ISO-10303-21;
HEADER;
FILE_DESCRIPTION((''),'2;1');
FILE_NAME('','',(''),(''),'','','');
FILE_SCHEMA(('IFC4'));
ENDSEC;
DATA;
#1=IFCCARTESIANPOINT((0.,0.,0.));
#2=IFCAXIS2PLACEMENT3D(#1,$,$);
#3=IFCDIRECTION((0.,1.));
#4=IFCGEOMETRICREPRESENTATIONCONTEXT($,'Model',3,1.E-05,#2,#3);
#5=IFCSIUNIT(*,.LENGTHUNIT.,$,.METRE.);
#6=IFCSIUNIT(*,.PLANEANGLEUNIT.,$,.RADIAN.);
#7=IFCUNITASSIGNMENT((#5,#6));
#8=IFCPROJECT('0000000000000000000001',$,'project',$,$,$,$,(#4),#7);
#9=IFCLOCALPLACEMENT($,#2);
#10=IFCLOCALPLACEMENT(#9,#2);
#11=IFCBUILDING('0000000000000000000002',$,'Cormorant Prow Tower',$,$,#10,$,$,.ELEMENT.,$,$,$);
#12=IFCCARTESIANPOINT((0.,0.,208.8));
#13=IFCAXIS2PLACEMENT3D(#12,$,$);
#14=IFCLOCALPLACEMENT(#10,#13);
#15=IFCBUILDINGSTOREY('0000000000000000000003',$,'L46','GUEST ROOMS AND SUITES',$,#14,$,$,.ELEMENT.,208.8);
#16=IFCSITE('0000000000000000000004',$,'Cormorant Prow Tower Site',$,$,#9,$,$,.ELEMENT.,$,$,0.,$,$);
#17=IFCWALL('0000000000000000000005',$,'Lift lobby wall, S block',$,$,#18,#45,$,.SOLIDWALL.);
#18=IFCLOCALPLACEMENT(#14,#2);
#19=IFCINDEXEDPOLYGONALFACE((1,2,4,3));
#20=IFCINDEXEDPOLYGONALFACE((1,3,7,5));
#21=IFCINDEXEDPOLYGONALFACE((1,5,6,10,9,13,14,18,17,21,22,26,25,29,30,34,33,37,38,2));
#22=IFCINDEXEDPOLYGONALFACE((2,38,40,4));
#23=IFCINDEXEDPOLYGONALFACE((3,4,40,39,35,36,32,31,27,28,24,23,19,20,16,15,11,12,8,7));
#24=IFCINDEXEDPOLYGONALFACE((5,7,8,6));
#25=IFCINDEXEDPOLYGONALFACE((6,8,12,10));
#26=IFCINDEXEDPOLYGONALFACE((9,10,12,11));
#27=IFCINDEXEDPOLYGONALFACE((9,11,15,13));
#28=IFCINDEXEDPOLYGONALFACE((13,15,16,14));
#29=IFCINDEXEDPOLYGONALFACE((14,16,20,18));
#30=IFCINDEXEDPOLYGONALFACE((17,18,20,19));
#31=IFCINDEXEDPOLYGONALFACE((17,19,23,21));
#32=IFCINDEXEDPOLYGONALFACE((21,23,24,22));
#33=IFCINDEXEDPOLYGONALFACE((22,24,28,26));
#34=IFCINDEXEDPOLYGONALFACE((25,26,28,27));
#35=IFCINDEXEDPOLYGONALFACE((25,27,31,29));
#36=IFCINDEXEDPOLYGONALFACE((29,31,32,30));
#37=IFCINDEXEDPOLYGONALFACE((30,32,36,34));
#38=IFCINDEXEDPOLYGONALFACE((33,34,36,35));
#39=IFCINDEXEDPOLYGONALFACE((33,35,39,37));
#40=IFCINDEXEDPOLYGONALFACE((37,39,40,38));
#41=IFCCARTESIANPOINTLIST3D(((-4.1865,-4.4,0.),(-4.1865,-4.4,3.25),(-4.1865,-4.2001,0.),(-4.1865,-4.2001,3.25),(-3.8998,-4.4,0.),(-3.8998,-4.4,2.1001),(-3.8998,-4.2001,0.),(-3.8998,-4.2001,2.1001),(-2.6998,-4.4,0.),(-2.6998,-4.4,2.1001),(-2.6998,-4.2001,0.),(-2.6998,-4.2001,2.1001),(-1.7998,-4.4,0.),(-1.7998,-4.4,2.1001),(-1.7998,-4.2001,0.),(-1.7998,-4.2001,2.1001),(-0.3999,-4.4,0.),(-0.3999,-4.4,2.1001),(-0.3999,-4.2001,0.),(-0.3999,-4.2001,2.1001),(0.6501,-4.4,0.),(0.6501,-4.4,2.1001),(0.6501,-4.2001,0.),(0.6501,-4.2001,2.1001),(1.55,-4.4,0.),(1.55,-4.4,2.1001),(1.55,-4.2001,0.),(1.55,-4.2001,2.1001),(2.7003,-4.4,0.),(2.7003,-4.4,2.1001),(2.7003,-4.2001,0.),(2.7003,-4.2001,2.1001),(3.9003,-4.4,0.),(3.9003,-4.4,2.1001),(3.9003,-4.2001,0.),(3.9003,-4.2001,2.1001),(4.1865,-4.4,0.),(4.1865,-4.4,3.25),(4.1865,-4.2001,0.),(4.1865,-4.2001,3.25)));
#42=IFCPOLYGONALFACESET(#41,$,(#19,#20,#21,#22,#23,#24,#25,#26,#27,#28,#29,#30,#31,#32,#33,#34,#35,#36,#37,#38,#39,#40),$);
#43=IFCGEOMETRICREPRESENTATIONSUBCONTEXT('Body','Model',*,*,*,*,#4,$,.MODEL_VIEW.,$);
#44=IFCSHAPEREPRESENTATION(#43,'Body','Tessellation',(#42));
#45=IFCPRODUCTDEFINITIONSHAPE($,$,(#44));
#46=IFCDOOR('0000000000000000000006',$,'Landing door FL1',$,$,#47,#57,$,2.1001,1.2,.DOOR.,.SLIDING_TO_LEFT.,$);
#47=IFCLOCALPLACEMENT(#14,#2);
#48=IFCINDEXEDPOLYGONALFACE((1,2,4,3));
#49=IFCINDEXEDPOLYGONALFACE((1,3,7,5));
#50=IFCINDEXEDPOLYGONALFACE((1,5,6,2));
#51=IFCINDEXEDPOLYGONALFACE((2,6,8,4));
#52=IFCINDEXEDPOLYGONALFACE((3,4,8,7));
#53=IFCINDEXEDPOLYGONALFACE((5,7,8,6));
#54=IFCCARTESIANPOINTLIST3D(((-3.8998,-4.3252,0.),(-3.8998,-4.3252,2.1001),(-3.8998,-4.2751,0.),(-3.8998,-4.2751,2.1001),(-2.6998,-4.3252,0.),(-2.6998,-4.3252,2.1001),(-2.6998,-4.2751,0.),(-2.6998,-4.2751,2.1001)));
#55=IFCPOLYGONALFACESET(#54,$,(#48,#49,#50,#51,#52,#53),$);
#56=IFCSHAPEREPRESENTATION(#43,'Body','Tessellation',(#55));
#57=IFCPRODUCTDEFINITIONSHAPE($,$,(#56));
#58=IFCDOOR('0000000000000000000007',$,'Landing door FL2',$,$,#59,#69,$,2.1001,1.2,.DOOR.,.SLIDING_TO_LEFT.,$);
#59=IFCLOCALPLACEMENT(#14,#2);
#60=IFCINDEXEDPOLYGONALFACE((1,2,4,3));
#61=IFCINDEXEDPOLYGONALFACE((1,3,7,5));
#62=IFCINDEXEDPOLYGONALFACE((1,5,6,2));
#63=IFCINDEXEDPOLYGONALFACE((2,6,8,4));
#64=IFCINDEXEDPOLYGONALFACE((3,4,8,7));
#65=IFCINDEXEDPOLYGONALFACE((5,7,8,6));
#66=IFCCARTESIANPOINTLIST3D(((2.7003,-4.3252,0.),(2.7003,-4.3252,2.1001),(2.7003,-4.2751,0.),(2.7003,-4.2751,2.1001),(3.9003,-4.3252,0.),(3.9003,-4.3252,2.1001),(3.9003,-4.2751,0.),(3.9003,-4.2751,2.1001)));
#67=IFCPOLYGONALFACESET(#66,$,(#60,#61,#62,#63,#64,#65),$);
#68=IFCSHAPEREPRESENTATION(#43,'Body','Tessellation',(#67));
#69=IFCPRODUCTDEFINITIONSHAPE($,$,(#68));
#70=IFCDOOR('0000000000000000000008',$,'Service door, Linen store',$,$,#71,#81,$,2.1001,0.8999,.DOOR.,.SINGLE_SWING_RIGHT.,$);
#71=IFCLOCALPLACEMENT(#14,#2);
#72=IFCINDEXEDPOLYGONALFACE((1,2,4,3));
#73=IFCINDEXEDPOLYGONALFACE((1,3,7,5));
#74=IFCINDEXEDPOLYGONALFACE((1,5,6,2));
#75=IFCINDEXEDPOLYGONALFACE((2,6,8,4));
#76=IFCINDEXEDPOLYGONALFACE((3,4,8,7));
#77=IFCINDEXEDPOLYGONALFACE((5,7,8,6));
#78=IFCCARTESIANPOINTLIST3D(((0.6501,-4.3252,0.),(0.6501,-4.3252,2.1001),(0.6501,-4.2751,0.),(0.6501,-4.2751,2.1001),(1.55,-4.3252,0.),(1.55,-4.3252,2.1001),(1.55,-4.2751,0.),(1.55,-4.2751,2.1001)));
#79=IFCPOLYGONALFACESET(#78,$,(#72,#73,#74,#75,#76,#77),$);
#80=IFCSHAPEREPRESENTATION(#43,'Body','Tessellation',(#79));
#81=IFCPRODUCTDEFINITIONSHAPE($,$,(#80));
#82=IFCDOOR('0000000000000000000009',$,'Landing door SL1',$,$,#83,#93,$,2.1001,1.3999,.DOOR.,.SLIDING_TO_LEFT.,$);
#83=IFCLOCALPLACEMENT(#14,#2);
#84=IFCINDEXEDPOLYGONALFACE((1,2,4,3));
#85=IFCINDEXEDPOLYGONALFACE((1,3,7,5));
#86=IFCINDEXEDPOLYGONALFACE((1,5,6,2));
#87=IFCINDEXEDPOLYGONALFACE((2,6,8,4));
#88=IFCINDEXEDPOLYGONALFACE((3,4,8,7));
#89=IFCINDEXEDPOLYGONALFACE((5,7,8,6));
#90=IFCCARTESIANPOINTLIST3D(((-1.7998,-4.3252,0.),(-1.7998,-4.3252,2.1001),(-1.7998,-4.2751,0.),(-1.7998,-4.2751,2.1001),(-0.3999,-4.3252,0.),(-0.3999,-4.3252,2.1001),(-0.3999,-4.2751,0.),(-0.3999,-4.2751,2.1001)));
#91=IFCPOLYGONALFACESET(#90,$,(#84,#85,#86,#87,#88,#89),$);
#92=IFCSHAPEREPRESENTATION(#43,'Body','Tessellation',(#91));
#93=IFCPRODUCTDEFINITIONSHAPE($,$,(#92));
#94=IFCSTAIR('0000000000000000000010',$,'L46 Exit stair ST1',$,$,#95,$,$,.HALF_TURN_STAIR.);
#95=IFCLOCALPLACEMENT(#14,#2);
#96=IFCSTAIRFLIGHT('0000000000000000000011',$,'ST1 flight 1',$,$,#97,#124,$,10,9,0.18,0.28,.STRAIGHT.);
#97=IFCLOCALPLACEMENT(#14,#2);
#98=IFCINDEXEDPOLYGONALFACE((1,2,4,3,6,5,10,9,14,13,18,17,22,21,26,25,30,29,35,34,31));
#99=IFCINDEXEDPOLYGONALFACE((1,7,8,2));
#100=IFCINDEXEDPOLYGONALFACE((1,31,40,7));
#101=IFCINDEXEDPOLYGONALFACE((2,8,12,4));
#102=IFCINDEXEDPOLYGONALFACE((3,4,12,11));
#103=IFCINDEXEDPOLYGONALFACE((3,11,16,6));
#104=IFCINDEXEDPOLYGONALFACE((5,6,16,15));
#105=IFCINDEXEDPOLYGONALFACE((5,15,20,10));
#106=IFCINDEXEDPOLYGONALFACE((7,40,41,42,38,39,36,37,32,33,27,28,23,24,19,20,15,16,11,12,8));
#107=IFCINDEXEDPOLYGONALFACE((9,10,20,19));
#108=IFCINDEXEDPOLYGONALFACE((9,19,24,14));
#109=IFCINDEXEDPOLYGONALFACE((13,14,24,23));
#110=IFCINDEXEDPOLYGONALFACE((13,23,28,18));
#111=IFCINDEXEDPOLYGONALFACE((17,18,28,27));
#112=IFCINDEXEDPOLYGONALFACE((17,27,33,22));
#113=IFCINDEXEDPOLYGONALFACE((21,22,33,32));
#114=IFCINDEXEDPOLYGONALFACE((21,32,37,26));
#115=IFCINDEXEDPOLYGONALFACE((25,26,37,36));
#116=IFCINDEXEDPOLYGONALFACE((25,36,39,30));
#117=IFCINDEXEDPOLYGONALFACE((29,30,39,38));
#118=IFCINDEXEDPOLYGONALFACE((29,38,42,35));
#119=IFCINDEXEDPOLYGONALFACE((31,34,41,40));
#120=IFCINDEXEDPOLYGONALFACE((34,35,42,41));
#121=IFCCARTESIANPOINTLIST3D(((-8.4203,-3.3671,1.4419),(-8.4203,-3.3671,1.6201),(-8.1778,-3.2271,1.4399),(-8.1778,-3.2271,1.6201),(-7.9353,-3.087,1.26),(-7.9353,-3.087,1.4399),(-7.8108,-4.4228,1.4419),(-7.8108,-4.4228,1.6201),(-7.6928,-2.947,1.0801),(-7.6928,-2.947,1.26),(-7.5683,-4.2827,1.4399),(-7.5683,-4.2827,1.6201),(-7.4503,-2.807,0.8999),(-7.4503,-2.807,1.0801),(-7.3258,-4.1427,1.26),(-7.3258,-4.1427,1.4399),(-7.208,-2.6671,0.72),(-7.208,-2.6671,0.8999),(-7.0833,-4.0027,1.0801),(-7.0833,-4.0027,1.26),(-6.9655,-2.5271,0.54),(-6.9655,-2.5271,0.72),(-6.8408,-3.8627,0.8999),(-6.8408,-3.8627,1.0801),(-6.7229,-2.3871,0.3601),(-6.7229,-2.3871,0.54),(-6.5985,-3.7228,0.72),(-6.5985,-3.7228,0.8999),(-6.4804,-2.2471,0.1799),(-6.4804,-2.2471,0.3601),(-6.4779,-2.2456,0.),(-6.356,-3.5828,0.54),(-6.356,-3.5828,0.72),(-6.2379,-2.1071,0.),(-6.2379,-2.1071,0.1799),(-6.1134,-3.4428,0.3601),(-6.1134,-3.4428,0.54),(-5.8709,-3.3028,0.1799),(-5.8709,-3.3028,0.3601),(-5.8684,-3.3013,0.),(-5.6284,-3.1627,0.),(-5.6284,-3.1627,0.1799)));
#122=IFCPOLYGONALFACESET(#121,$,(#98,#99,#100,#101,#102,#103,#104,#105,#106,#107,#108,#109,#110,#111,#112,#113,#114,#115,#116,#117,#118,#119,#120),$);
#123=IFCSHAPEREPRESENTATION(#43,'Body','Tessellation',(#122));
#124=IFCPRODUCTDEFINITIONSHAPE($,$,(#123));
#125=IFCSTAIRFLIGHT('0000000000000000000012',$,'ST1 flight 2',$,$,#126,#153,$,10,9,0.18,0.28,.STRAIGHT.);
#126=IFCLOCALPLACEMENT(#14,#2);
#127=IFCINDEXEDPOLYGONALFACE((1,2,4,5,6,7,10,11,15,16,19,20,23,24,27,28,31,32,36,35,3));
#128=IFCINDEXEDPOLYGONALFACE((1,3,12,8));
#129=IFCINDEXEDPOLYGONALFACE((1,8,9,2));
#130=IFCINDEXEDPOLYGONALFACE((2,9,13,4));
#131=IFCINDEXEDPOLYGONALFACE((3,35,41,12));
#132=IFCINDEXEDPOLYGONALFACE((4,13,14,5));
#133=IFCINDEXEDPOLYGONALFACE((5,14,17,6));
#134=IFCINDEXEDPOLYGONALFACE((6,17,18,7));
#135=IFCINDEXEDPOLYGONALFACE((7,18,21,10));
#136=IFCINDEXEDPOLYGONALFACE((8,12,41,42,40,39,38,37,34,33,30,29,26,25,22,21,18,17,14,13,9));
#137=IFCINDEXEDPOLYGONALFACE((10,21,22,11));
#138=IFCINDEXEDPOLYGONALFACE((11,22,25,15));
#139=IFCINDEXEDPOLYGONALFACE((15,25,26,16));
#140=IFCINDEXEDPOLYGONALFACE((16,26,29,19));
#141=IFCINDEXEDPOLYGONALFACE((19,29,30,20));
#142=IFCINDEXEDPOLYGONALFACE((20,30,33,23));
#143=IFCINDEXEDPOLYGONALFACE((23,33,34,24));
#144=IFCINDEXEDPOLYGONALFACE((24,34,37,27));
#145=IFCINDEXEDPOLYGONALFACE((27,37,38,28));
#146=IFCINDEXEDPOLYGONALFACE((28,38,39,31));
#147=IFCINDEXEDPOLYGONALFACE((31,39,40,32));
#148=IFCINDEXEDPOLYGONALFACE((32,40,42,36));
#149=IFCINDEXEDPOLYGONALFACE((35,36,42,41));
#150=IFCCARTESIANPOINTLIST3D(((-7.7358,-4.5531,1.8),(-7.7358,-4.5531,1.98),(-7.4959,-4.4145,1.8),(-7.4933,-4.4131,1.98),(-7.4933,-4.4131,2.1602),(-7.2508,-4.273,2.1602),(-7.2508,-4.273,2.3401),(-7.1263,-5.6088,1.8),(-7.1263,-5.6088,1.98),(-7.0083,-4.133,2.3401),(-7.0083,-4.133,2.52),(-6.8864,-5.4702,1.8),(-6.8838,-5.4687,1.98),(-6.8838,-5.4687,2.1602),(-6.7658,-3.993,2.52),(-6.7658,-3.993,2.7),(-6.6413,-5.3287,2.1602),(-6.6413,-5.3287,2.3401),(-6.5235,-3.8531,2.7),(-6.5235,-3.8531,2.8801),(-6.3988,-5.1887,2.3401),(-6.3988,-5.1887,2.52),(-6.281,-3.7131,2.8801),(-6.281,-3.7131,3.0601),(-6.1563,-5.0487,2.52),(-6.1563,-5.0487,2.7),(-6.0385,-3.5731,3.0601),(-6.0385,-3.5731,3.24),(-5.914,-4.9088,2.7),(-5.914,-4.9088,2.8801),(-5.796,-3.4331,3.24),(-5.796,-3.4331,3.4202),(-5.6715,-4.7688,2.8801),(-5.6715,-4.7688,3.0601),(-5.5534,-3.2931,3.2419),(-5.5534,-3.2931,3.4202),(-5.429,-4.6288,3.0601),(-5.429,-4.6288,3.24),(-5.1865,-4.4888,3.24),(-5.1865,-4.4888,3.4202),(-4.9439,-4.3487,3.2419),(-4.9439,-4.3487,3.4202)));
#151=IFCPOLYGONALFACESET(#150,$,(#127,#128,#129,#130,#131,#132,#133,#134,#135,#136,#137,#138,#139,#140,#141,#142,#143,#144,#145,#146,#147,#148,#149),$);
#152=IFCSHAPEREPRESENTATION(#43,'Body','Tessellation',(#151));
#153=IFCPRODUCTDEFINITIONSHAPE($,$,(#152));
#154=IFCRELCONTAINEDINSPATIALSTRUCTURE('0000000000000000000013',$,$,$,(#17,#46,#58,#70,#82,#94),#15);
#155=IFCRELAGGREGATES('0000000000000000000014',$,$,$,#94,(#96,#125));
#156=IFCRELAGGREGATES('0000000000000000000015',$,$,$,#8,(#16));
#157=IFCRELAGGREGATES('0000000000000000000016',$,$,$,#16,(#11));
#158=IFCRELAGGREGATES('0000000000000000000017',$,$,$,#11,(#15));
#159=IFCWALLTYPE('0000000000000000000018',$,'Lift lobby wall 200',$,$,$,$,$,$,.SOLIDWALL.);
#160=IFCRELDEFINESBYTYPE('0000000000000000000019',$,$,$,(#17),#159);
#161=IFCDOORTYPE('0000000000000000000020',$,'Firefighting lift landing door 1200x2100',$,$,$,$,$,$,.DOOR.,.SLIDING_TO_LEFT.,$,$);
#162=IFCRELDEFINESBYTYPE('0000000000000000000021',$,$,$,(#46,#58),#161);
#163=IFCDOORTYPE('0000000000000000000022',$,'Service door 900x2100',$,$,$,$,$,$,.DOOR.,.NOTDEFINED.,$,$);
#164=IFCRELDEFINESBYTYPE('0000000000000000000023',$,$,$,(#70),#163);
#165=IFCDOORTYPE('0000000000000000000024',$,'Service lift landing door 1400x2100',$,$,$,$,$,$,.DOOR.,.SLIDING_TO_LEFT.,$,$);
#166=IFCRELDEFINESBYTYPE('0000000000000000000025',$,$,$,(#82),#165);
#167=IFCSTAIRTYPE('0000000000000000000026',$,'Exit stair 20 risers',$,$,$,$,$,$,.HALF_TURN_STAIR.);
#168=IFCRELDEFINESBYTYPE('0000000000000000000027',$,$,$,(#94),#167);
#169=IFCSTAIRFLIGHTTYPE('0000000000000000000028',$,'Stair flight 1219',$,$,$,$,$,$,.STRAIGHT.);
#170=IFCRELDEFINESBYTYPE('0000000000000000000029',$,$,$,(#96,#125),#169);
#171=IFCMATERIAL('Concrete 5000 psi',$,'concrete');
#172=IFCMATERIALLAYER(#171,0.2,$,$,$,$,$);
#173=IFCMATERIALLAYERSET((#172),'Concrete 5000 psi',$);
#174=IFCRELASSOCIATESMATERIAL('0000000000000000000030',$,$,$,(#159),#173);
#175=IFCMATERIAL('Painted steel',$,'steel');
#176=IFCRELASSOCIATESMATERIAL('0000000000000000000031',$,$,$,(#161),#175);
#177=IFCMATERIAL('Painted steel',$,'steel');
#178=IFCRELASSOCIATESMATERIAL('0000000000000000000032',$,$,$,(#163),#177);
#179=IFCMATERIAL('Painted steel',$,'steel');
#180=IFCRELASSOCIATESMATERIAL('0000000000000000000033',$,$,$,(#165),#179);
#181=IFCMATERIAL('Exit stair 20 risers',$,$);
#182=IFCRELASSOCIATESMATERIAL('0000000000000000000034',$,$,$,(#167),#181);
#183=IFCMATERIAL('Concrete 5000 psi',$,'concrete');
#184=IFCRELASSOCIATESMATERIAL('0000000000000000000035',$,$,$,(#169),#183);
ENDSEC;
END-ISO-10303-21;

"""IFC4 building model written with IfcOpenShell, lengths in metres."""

from ifc_helpers import new_model, si_unit, direction, frame, frame_2d, origin, place, context, subcontext, project, spatial, polyline, rectangle, outline, extrude, material, layer, layer_set, type_object, element, fill, aggregate, save


model = new_model("IFC4")

# Units and contexts
model_context = context("Model", 3, precision=1e-05, world=origin(), true_north=direction((0.0, 1.0)))
body_context = subcontext(model_context, "Body", "Model", "MODEL_VIEW")
ifc_project = project(units=[si_unit("LENGTHUNIT", "METRE"), si_unit("PLANEANGLEUNIT", "RADIAN")], contexts=[model_context])

# Site, building, storey
site_placement = place(None, origin())
site = spatial("IfcSite", under=ifc_project, at=site_placement, Name="Cormorant Prow Tower Site", CompositionType="ELEMENT", RefElevation=0.0)
building_placement = place(site_placement, origin())
building = spatial("IfcBuilding", under=site, at=building_placement, Name="Cormorant Prow Tower", CompositionType="ELEMENT")
storey_placement = place(building_placement, frame((0.0, 0.0, 208.8)))
storey = spatial("IfcBuildingStorey", under=building, at=storey_placement, Name="L46", Description="GUEST ROOMS AND SUITES", CompositionType="ELEMENT", Elevation=208.8)

# Wall, openings, doors
ifc_material_1 = material(Name="Concrete 5000 psi", Category="concrete")
ifc_layer_1 = layer(ifc_material_1, 0.2)
ifc_layer_set_1 = layer_set([ifc_layer_1], Name="Concrete 5000 psi")
wall_type_1 = type_object("IfcWallType", Name="Lift lobby wall 200", PredefinedType="SOLIDWALL", material=ifc_layer_set_1)
wall_1_placement = place(storey_placement, frame((-4.1865, -4.3, 0.0), z_axis=(0.0, 0.0, 1.0), x_axis=(1.0, 0.0, 0.0)))
wall_1 = element("IfcWall", 1, at=wall_1_placement, inside=storey, type_object=wall_type_1, Name="Lift lobby wall, S block", PredefinedType="SOLIDWALL", context=body_context, shape_type="SweptSolid", body=[
    extrude(rectangle(XDim=8.373, YDim=0.2, at=frame_2d((4.1865, 0.0))), origin(), (0.0, 0.0, 1.0), 3.25),
])
opening_1_placement = place(wall_1_placement, frame((0.2866, 0.0, 0.0)))
opening_1 = element("IfcOpeningElement", 2, at=opening_1_placement, cuts=wall_1, PredefinedType="OPENING", context=body_context, shape_type="SweptSolid", body=[
    extrude(rectangle(XDim=1.2, YDim=2.1001, at=frame_2d((0.6001, 1.05))), frame((0.0, 0.1099, 0.0), z_axis=(0.0, -1.0, 0.0), x_axis=(1.0, 0.0, 0.0)), (0.0, 0.0, 1.0), 0.22),
])
opening_2_placement = place(wall_1_placement, frame((2.3867, 0.0, 0.0)))
opening_2 = element("IfcOpeningElement", 3, at=opening_2_placement, cuts=wall_1, PredefinedType="OPENING", context=body_context, shape_type="SweptSolid", body=[
    extrude(rectangle(XDim=1.3999, YDim=2.1001, at=frame_2d((0.7, 1.05))), frame((0.0, 0.1099, 0.0), z_axis=(0.0, -1.0, 0.0), x_axis=(1.0, 0.0, 0.0)), (0.0, 0.0, 1.0), 0.22),
])
opening_3_placement = place(wall_1_placement, frame((4.8367, 0.0, 0.0)))
opening_3 = element("IfcOpeningElement", 4, at=opening_3_placement, cuts=wall_1, PredefinedType="OPENING", context=body_context, shape_type="SweptSolid", body=[
    extrude(rectangle(XDim=0.8999, YDim=2.1001, at=frame_2d((0.45, 1.05))), frame((0.0, 0.1099, 0.0), z_axis=(0.0, -1.0, 0.0), x_axis=(1.0, 0.0, 0.0)), (0.0, 0.0, 1.0), 0.22),
])
opening_4_placement = place(wall_1_placement, frame((6.8867, 0.0, 0.0)))
opening_4 = element("IfcOpeningElement", 5, at=opening_4_placement, cuts=wall_1, PredefinedType="OPENING", context=body_context, shape_type="SweptSolid", body=[
    extrude(rectangle(XDim=1.2, YDim=2.1001, at=frame_2d((0.6001, 1.05))), frame((0.0, 0.1099, 0.0), z_axis=(0.0, -1.0, 0.0), x_axis=(1.0, 0.0, 0.0)), (0.0, 0.0, 1.0), 0.22),
])
ifc_material_2 = material(Name="Painted steel", Category="steel")
door_type_1 = type_object("IfcDoorType", Name="Firefighting lift landing door 1200x2100", OperationType="SLIDING_TO_LEFT", PredefinedType="DOOR", material=ifc_material_2)
door_1_placement = place(opening_1_placement, origin())
door_1 = element("IfcDoor", 6, at=door_1_placement, inside=storey, type_object=door_type_1, Name="Landing door FL1", OperationType="SLIDING_TO_LEFT", OverallHeight=2.1001, OverallWidth=1.2, PredefinedType="DOOR", context=body_context, shape_type="SweptSolid", body=[
    extrude(rectangle(XDim=1.2, YDim=2.1001, at=frame_2d((0.6001, 1.05))), frame((0.0, 0.0249, 0.0), z_axis=(0.0, -1.0, 0.0), x_axis=(1.0, 0.0, 0.0)), (0.0, 0.0, 1.0), 0.05),
])
fill(opening_1, door_1)
door_2_placement = place(opening_4_placement, origin())
door_2 = element("IfcDoor", 7, at=door_2_placement, inside=storey, type_object=door_type_1, Name="Landing door FL2", OperationType="SLIDING_TO_LEFT", OverallHeight=2.1001, OverallWidth=1.2, PredefinedType="DOOR", context=body_context, shape_type="SweptSolid", body=[
    extrude(rectangle(XDim=1.2, YDim=2.1001, at=frame_2d((0.6001, 1.05))), frame((0.0, 0.0249, 0.0), z_axis=(0.0, -1.0, 0.0), x_axis=(1.0, 0.0, 0.0)), (0.0, 0.0, 1.0), 0.05),
])
fill(opening_4, door_2)
ifc_material_3 = material(Name="Painted steel", Category="steel")
door_type_2 = type_object("IfcDoorType", Name="Service door 900x2100", OperationType="NOTDEFINED", PredefinedType="DOOR", material=ifc_material_3)
door_3_placement = place(opening_3_placement, origin())
door_3 = element("IfcDoor", 8, at=door_3_placement, inside=storey, type_object=door_type_2, Name="Service door, Linen store", OperationType="SINGLE_SWING_RIGHT", OverallHeight=2.1001, OverallWidth=0.8999, PredefinedType="DOOR", context=body_context, shape_type="SweptSolid", body=[
    extrude(rectangle(XDim=0.8999, YDim=2.1001, at=frame_2d((0.45, 1.05))), frame((0.0, 0.0249, 0.0), z_axis=(0.0, -1.0, 0.0), x_axis=(1.0, 0.0, 0.0)), (0.0, 0.0, 1.0), 0.05),
])
fill(opening_3, door_3)
ifc_material_4 = material(Name="Painted steel", Category="steel")
door_type_3 = type_object("IfcDoorType", Name="Service lift landing door 1400x2100", OperationType="SLIDING_TO_LEFT", PredefinedType="DOOR", material=ifc_material_4)
door_4_placement = place(opening_2_placement, origin())
door_4 = element("IfcDoor", 9, at=door_4_placement, inside=storey, type_object=door_type_3, Name="Landing door SL1", OperationType="SLIDING_TO_LEFT", OverallHeight=2.1001, OverallWidth=1.3999, PredefinedType="DOOR", context=body_context, shape_type="SweptSolid", body=[
    extrude(rectangle(XDim=1.3999, YDim=2.1001, at=frame_2d((0.7, 1.05))), frame((0.0, 0.0249, 0.0), z_axis=(0.0, -1.0, 0.0), x_axis=(1.0, 0.0, 0.0)), (0.0, 0.0, 1.0), 0.05),
])
fill(opening_2, door_4)

# Stair, stair flights
ifc_material_5 = material(Name="Exit stair 20 risers")
stair_type = type_object("IfcStairType", Name="Exit stair 20 risers", PredefinedType="HALF_TURN_STAIR", material=ifc_material_5)
stair_placement = place(storey_placement, origin())
stair = element("IfcStair", 10, at=stair_placement, inside=storey, type_object=stair_type, Name="L46 Exit stair ST1", PredefinedType="HALF_TURN_STAIR")
ifc_material_6 = material(Name="Concrete 5000 psi", Category="concrete")
stair_flight_type = type_object("IfcStairFlightType", Name="Stair flight 1219", PredefinedType="STRAIGHT", material=ifc_material_6)
stair_flight_1_placement = place(storey_placement, frame((-5.9331, -2.635, 0.0), z_axis=(0.0, 0.0, 1.0), x_axis=(-0.866025, -0.5, 0.0)))
stair_flight_1 = element("IfcStairFlight", 11, at=stair_flight_1_placement, type_object=stair_flight_type, Name="ST1 flight 1", NumberOfRisers=10, NumberOfTreads=9, PredefinedType="STRAIGHT", RiserHeight=0.18, TreadLength=0.28, context=body_context, shape_type="SweptSolid", body=[
    extrude(outline(polyline([(0.0, 0.0), (0.0, 0.1799), (0.28, 0.1799), (0.28, 0.3601), (0.5601, 0.3601), (0.5601, 0.54), (0.8401, 0.54), (0.8401, 0.72), (1.1201, 0.72), (1.1201, 0.8999), (1.3999, 0.8999), (1.3999, 1.0801), (1.6799, 1.0801), (1.6799, 1.26), (1.96, 1.26), (1.96, 1.4399), (2.24, 1.4399), (2.24, 1.6201), (2.52, 1.6201), (2.52, 1.8), (2.52, 1.4419), (0.2771, 0.0), (0.0, 0.0)])), frame((0.0, 0.6094, 0.0), z_axis=(0.0, -1.0, 0.0), x_axis=(1.0, 0.0, 0.0)), (0.0, 0.0, 1.0), 1.219),
])
stair_flight_2_placement = place(storey_placement, frame((-7.4312, -5.0808, 1.8), z_axis=(0.0, 0.0, 1.0), x_axis=(0.866025, 0.5, 0.0)))
stair_flight_2 = element("IfcStairFlight", 12, at=stair_flight_2_placement, type_object=stair_flight_type, Name="ST1 flight 2", NumberOfRisers=10, NumberOfTreads=9, PredefinedType="STRAIGHT", RiserHeight=0.18, TreadLength=0.28, context=body_context, shape_type="SweptSolid", body=[
    extrude(outline(polyline([(0.0, 0.0), (0.0, 0.1799), (0.28, 0.1799), (0.28, 0.3601), (0.5601, 0.3601), (0.5601, 0.54), (0.8401, 0.54), (0.8401, 0.72), (1.1201, 0.72), (1.1201, 0.8999), (1.3999, 0.8999), (1.3999, 1.0801), (1.6799, 1.0801), (1.6799, 1.26), (1.96, 1.26), (1.96, 1.4399), (2.24, 1.4399), (2.24, 1.6201), (2.52, 1.6201), (2.52, 1.8), (2.52, 1.4419), (0.2771, 0.0), (0.0, 0.0)])), frame((0.0, 0.6094, 0.0), z_axis=(0.0, -1.0, 0.0), x_axis=(1.0, 0.0, 0.0)), (0.0, 0.0, 1.0), 1.219),
])
aggregate(stair, [stair_flight_1, stair_flight_2])

save(model, "model.ifc")
